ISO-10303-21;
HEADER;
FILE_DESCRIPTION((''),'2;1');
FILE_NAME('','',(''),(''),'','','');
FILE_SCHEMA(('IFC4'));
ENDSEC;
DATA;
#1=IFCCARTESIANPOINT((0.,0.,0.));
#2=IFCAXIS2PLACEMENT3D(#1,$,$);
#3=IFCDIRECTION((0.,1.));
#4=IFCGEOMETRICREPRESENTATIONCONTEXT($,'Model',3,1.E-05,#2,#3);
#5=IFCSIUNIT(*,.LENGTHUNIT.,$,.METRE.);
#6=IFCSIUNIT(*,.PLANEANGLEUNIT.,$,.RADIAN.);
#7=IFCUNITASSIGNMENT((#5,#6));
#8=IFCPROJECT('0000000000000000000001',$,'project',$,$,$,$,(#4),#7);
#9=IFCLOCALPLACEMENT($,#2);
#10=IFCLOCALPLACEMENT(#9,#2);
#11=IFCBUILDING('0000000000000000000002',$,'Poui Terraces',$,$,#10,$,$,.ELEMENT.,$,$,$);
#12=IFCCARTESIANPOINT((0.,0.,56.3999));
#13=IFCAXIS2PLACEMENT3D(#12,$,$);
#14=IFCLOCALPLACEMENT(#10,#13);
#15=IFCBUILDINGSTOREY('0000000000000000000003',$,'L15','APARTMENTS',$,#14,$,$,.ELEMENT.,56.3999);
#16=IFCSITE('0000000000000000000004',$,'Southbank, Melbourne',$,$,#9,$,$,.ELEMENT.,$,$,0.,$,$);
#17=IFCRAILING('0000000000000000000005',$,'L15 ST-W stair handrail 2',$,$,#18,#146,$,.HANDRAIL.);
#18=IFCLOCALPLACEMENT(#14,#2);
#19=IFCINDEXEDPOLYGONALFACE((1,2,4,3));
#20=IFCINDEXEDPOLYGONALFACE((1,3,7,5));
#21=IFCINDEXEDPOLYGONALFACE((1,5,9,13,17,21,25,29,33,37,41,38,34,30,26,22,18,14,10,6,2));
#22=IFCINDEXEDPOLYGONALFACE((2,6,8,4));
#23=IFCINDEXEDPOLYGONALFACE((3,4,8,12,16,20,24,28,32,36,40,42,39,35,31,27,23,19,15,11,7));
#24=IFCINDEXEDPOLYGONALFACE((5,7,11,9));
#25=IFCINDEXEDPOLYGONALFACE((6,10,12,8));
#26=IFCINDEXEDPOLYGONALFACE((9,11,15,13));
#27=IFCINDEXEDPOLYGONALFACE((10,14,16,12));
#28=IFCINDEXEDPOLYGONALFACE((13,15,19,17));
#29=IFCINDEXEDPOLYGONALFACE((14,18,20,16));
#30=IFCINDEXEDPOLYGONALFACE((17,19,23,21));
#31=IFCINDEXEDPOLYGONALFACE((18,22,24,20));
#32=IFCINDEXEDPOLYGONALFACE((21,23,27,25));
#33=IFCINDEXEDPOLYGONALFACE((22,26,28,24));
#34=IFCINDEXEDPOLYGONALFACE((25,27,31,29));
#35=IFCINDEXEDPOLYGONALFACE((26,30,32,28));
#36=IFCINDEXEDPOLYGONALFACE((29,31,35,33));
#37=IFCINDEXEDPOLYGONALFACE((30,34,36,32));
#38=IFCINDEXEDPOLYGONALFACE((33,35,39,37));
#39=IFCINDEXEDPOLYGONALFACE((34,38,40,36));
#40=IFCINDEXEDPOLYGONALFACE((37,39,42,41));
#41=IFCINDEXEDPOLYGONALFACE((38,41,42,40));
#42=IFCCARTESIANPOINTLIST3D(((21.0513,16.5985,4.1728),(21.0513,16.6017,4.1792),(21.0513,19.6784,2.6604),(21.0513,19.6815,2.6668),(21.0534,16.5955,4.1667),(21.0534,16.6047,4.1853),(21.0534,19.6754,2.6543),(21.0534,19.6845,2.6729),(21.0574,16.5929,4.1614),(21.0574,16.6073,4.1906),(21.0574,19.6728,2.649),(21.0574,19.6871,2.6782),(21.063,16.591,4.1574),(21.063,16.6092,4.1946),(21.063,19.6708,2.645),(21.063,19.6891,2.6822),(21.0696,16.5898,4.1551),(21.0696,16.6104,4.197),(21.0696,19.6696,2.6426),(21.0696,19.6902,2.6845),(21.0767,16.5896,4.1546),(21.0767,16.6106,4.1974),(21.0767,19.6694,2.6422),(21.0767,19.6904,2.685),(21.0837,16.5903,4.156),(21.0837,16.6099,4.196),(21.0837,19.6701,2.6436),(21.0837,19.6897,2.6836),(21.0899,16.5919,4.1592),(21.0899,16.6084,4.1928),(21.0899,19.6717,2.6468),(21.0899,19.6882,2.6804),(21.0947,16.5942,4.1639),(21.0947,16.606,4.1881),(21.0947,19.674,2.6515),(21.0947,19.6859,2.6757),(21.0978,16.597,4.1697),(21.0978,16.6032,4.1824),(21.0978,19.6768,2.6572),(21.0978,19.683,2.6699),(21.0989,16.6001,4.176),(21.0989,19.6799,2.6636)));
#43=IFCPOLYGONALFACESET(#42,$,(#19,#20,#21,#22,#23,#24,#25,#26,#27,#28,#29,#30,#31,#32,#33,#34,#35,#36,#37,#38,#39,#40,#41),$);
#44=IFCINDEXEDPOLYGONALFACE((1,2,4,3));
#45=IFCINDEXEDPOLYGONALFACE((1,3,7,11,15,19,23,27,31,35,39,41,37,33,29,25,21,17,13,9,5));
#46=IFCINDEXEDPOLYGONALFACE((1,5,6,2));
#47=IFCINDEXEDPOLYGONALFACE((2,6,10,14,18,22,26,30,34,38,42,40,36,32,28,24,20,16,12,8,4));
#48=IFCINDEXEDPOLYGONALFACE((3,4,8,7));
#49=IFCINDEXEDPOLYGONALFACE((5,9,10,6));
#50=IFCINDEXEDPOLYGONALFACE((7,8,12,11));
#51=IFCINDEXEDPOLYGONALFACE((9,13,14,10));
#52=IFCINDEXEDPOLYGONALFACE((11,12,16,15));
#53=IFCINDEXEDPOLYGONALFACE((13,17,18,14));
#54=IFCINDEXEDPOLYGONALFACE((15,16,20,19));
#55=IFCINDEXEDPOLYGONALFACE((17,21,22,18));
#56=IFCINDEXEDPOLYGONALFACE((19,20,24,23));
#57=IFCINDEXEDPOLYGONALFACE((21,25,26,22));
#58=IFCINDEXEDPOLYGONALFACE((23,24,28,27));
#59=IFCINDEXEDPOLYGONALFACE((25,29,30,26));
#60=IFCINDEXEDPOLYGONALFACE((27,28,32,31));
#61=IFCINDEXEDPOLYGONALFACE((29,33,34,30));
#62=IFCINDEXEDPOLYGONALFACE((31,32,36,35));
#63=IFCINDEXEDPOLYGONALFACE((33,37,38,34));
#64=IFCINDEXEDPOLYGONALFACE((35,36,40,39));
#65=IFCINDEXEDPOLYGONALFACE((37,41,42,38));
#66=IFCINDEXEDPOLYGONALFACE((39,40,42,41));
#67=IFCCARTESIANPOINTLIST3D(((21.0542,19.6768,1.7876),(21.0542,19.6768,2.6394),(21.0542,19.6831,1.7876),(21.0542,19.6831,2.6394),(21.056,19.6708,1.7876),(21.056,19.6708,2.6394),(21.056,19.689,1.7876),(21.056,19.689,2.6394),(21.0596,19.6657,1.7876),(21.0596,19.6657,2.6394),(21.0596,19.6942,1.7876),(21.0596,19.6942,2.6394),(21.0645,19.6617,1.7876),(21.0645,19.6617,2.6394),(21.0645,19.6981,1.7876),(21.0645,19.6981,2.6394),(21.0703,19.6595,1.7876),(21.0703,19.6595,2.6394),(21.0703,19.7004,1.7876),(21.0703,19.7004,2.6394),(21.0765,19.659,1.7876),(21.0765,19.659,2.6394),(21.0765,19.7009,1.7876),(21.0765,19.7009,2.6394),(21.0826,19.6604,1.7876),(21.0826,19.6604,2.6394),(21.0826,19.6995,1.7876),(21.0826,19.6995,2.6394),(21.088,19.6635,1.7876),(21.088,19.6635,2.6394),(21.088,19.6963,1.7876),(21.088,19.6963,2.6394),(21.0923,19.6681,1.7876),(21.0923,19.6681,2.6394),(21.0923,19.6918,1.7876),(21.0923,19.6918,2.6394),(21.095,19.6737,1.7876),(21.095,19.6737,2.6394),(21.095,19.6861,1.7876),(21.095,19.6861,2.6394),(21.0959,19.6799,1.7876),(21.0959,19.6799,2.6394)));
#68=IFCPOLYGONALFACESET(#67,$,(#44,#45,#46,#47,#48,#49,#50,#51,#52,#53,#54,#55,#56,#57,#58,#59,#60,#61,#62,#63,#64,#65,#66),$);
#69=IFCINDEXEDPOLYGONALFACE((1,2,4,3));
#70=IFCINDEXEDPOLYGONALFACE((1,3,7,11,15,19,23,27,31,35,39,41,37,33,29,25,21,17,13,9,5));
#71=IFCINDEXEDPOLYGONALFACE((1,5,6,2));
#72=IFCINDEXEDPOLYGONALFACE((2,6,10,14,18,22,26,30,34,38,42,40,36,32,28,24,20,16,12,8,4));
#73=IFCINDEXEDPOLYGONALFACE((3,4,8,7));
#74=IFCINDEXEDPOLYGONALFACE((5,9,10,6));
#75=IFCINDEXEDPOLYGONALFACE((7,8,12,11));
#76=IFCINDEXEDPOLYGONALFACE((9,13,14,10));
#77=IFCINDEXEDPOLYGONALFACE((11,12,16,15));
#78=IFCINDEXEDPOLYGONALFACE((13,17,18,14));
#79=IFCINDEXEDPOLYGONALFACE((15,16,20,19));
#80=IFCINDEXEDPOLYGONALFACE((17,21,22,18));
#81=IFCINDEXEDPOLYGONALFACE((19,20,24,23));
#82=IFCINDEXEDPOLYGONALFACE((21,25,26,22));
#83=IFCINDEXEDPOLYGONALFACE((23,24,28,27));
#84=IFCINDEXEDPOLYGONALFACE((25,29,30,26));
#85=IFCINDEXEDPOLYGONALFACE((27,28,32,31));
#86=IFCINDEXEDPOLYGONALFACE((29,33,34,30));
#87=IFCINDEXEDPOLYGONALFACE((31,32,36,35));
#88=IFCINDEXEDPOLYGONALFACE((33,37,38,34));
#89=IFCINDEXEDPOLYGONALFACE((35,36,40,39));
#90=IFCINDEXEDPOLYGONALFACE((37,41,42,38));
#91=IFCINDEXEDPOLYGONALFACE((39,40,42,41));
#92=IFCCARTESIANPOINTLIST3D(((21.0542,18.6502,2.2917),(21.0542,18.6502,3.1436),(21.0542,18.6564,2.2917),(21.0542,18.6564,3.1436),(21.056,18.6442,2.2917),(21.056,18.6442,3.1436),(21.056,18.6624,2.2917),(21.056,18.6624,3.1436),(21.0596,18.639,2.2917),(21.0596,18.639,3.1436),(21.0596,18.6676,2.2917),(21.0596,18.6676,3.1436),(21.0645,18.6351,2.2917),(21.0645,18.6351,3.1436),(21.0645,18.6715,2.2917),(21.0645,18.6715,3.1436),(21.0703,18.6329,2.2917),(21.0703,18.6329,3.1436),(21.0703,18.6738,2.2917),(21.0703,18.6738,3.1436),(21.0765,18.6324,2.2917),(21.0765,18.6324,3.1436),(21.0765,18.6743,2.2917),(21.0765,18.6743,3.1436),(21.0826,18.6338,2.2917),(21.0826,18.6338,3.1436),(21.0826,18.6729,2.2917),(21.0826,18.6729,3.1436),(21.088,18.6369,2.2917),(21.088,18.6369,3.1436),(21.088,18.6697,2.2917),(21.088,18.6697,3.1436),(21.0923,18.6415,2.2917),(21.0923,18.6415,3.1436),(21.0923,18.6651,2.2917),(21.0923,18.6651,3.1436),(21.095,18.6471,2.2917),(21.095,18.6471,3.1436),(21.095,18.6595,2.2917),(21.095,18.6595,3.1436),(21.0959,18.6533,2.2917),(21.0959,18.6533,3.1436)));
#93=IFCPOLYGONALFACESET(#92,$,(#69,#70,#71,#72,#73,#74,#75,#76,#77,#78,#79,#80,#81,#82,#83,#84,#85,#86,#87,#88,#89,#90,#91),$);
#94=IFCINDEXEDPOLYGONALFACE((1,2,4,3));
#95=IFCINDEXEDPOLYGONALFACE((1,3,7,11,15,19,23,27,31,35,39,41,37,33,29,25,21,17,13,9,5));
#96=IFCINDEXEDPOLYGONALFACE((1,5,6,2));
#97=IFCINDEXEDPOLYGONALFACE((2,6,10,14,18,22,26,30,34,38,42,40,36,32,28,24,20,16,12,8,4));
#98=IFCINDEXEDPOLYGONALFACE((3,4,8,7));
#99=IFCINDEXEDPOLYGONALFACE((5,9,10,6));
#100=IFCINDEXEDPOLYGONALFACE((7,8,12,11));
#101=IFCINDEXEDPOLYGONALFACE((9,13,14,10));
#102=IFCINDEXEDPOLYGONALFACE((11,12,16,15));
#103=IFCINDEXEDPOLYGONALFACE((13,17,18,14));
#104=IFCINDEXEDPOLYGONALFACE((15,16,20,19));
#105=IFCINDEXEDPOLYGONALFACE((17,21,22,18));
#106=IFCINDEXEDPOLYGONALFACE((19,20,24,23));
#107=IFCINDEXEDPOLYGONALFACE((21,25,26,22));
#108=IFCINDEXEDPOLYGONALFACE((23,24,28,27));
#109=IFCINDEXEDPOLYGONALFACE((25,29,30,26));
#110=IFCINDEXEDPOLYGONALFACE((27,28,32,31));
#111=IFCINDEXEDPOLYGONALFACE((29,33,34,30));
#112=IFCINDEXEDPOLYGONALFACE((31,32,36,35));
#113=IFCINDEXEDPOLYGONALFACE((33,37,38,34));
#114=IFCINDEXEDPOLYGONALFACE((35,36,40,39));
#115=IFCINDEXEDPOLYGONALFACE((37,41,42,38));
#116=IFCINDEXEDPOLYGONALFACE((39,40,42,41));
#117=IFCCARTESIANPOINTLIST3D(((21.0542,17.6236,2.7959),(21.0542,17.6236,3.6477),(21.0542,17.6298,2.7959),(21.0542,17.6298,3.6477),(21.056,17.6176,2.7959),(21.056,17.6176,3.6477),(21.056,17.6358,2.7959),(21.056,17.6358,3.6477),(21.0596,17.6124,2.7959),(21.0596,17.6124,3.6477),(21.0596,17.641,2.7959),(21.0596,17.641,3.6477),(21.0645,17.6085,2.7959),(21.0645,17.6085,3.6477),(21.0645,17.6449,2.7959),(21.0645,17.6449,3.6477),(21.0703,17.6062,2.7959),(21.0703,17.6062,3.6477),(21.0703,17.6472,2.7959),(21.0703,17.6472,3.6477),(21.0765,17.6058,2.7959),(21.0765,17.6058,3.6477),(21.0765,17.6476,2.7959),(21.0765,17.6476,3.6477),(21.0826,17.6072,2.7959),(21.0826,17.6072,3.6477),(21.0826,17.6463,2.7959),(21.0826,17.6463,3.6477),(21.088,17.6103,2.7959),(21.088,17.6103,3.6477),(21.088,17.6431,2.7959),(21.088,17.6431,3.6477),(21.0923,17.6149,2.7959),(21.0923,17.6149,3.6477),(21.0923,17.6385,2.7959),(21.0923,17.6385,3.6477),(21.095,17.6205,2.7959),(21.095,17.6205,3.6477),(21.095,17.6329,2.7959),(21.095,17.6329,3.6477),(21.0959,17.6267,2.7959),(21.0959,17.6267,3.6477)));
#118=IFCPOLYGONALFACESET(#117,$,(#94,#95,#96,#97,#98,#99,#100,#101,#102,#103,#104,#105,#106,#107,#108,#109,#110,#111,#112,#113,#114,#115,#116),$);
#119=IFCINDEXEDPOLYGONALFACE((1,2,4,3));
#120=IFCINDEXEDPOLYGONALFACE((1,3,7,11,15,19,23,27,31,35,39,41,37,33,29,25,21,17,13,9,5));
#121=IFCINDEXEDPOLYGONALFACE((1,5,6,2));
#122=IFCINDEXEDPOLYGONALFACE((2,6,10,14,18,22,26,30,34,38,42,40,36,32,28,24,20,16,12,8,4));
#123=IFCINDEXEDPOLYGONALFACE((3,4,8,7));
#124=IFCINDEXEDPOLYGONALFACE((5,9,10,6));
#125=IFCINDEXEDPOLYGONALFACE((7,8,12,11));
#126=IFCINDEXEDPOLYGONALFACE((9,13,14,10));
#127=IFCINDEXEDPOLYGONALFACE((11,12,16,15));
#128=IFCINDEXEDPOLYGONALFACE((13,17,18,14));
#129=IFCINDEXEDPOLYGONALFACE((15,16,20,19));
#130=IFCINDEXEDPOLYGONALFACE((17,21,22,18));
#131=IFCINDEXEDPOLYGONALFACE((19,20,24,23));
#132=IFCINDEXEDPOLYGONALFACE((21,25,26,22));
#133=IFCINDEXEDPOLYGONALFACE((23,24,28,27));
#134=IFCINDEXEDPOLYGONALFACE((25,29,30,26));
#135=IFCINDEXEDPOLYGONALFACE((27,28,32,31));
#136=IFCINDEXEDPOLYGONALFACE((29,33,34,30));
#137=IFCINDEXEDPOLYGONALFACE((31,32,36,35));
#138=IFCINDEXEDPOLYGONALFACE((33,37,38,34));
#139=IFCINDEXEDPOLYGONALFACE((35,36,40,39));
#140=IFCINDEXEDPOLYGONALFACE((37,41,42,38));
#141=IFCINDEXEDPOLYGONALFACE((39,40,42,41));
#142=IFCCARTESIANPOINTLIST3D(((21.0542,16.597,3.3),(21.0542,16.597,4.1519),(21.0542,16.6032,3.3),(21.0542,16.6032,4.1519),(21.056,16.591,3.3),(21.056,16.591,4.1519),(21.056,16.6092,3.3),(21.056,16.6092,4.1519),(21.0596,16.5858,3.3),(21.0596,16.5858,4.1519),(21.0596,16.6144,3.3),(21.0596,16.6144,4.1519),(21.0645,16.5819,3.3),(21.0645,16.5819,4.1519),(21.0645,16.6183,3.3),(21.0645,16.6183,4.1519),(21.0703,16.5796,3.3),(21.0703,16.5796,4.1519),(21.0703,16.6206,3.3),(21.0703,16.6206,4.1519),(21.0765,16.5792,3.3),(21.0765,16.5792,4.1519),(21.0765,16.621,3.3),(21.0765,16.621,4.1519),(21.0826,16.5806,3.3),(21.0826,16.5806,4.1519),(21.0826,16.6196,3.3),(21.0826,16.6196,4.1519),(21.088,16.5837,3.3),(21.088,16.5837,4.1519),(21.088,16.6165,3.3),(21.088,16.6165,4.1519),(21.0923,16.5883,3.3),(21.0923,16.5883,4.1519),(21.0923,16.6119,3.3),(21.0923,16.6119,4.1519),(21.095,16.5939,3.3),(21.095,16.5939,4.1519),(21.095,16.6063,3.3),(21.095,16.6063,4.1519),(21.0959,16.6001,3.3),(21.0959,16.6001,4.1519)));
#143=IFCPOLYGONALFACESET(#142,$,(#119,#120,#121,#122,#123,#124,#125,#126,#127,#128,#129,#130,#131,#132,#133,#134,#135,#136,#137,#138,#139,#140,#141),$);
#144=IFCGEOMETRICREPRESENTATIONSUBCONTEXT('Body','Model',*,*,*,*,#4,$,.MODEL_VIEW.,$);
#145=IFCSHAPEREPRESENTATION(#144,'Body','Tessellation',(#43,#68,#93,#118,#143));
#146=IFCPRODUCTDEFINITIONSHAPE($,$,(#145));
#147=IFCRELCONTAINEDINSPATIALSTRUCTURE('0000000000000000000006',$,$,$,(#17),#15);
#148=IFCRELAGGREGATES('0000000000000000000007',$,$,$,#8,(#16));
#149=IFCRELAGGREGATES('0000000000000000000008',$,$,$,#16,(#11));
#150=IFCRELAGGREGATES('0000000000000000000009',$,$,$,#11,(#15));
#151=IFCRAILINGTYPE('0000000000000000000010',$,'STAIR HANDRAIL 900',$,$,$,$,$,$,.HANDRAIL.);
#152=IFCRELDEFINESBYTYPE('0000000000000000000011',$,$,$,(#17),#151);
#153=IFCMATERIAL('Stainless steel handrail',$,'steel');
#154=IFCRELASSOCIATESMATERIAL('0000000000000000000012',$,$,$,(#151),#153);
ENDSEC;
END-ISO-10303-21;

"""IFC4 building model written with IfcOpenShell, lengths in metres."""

from ifc_helpers import new_model, si_unit, direction, frame, origin, origin_2d, place, context, subcontext, project, spatial, circle, extrude, material, type_object, element, save


model = new_model("IFC4")

# Units and contexts
model_context = context("Model", 3, precision=1e-05, world=origin(), true_north=direction((0.0, 1.0)))
body_context = subcontext(model_context, "Body", "Model", "MODEL_VIEW")
ifc_project = project(units=[si_unit("LENGTHUNIT", "METRE"), si_unit("PLANEANGLEUNIT", "RADIAN")], contexts=[model_context])

# Site, building, storey
site_placement = place(None, origin())
site = spatial("IfcSite", under=ifc_project, at=site_placement, Name="Southbank, Melbourne", CompositionType="ELEMENT", RefElevation=0.0)
building_placement = place(site_placement, origin())
building = spatial("IfcBuilding", under=site, at=building_placement, Name="Poui Terraces", CompositionType="ELEMENT")
storey_placement = place(building_placement, frame((0.0, 0.0, 56.3999)))
storey = spatial("IfcBuildingStorey", under=building, at=storey_placement, Name="L15", Description="APARTMENTS", CompositionType="ELEMENT", Elevation=56.3999)

# Railing
ifc_material_1 = material(Name="Stainless steel handrail", Category="steel")
railing_type_1 = type_object("IfcRailingType", Name="STAIR HANDRAIL 900", PredefinedType="HANDRAIL", material=ifc_material_1)
railing_1_placement = place(storey_placement, frame((21.075, 19.6799, 1.7876)))
element("IfcRailing", 1, at=railing_1_placement, inside=storey, type_object=railing_type_1, Name="L15 ST-W stair handrail 2", PredefinedType="HANDRAIL", context=body_context, shape_type="SweptSolid", body=[
    extrude(circle(Radius=0.0239, at=origin_2d()), frame((0.0, 0.0, 0.876), z_axis=(0.0, -0.897606, 0.440798), x_axis=(1.0, 0.0, 0.0)), (0.0, 0.0, 1.0), 3.4312),
    extrude(circle(Radius=0.021, at=origin_2d()), origin(), (0.0, 0.0, 1.0), 0.8518),
    extrude(circle(Radius=0.021, at=origin_2d()), frame((0.0, -1.0266, 0.5042)), (0.0, 0.0, 1.0), 0.8518),
    extrude(circle(Radius=0.021, at=origin_2d()), frame((0.0, -2.0532, 1.0083)), (0.0, 0.0, 1.0), 0.8518),
    extrude(circle(Radius=0.021, at=origin_2d()), frame((0.0, -3.0798, 1.5125)), (0.0, 0.0, 1.0), 0.8518),
])

save(model, "model.ifc")
